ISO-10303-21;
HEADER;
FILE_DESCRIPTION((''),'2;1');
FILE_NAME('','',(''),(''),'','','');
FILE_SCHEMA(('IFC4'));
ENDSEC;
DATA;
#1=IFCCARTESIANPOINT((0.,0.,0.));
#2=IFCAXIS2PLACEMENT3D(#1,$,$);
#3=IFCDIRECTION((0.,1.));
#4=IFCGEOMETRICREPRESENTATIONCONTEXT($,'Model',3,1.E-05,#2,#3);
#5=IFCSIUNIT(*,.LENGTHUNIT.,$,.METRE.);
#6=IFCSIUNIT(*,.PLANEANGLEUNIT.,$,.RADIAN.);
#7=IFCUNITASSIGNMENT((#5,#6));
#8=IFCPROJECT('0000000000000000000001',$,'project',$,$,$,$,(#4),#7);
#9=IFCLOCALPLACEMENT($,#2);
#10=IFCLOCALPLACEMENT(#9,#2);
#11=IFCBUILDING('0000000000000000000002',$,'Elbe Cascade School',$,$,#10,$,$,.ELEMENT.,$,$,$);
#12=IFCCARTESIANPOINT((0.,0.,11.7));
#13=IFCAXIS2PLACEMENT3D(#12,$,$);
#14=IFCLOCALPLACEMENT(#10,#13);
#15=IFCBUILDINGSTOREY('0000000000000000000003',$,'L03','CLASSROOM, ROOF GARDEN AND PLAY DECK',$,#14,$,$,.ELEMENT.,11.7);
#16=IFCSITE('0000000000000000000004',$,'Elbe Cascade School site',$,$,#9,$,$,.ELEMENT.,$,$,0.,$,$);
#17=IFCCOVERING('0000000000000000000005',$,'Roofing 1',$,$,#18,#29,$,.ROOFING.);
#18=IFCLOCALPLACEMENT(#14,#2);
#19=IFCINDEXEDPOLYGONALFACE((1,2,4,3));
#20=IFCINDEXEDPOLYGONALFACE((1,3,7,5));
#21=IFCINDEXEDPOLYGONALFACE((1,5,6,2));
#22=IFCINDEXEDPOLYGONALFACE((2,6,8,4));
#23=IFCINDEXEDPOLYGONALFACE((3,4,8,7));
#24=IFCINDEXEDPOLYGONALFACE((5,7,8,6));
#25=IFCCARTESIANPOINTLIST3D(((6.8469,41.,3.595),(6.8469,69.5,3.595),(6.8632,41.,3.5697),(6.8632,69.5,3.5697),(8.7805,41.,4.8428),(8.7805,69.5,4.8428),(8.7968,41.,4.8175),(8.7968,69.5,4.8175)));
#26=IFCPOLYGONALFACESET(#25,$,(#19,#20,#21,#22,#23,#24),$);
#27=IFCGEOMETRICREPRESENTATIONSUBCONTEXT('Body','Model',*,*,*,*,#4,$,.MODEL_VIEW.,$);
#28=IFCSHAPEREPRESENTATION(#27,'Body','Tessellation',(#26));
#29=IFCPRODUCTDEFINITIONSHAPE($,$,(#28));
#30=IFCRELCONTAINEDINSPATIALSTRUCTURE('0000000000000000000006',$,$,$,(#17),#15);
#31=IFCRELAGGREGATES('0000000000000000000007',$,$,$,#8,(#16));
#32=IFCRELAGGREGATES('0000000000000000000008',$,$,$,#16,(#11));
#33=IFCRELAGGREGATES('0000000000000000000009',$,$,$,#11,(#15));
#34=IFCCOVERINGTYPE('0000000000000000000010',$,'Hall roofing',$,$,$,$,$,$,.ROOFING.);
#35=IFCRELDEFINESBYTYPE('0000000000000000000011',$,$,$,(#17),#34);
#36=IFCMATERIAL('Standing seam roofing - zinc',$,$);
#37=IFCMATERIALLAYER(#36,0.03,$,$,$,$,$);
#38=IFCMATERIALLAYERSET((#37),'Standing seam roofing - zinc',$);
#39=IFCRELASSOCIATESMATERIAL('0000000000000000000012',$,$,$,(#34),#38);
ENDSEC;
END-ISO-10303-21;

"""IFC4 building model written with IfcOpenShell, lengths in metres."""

from ifc_helpers import new_model, si_unit, direction, frame, origin, place, context, subcontext, project, spatial, polyline, outline, extrude, material, layer, layer_set, type_object, element, save


model = new_model("IFC4")

# Units and contexts
model_context = context("Model", 3, precision=1e-05, world=origin(), true_north=direction((0.0, 1.0)))
body_context = subcontext(model_context, "Body", "Model", "MODEL_VIEW")
ifc_project = project(units=[si_unit("LENGTHUNIT", "METRE"), si_unit("PLANEANGLEUNIT", "RADIAN")], contexts=[model_context])

# Site, building, storey
site_placement = place(None, origin())
site = spatial("IfcSite", under=ifc_project, at=site_placement, Name="Elbe Cascade School site", CompositionType="ELEMENT", RefElevation=0.0)
building_placement = place(site_placement, origin())
building = spatial("IfcBuilding", under=site, at=building_placement, Name="Elbe Cascade School", CompositionType="ELEMENT")
storey_placement = place(building_placement, frame((0.0, 0.0, 11.7)))
storey = spatial("IfcBuildingStorey", under=building, at=storey_placement, Name="L03", Description="CLASSROOM, ROOF GARDEN AND PLAY DECK", CompositionType="ELEMENT", Elevation=11.7)

# Covering
ifc_material_1 = material(Name="Standing seam roofing - zinc")
ifc_layer_1 = layer(ifc_material_1, 0.03)
ifc_layer_set_1 = layer_set([ifc_layer_1], Name="Standing seam roofing - zinc")
covering_type = type_object("IfcCoveringType", Name="Hall roofing", PredefinedType="ROOFING", material=ifc_layer_set_1)
covering_placement = place(storey_placement, frame((6.8469, 41.0, 3.595), z_axis=(-0.542226, 0.0, 0.840233), x_axis=(0.840233, 0.0, 0.542226)))
element("IfcCovering", 1, at=covering_placement, inside=storey, type_object=covering_type, Name="Roofing 1", PredefinedType="ROOFING", context=body_context, shape_type="SweptSolid", body=[
    extrude(outline(polyline([(0.0, 0.0), (2.3013, 0.0), (2.3013, 28.5), (0.0, 28.5), (0.0, 0.0)])), origin(), (0.0, 0.0, -1.0), 0.03),
])

save(model, "model.ifc")
